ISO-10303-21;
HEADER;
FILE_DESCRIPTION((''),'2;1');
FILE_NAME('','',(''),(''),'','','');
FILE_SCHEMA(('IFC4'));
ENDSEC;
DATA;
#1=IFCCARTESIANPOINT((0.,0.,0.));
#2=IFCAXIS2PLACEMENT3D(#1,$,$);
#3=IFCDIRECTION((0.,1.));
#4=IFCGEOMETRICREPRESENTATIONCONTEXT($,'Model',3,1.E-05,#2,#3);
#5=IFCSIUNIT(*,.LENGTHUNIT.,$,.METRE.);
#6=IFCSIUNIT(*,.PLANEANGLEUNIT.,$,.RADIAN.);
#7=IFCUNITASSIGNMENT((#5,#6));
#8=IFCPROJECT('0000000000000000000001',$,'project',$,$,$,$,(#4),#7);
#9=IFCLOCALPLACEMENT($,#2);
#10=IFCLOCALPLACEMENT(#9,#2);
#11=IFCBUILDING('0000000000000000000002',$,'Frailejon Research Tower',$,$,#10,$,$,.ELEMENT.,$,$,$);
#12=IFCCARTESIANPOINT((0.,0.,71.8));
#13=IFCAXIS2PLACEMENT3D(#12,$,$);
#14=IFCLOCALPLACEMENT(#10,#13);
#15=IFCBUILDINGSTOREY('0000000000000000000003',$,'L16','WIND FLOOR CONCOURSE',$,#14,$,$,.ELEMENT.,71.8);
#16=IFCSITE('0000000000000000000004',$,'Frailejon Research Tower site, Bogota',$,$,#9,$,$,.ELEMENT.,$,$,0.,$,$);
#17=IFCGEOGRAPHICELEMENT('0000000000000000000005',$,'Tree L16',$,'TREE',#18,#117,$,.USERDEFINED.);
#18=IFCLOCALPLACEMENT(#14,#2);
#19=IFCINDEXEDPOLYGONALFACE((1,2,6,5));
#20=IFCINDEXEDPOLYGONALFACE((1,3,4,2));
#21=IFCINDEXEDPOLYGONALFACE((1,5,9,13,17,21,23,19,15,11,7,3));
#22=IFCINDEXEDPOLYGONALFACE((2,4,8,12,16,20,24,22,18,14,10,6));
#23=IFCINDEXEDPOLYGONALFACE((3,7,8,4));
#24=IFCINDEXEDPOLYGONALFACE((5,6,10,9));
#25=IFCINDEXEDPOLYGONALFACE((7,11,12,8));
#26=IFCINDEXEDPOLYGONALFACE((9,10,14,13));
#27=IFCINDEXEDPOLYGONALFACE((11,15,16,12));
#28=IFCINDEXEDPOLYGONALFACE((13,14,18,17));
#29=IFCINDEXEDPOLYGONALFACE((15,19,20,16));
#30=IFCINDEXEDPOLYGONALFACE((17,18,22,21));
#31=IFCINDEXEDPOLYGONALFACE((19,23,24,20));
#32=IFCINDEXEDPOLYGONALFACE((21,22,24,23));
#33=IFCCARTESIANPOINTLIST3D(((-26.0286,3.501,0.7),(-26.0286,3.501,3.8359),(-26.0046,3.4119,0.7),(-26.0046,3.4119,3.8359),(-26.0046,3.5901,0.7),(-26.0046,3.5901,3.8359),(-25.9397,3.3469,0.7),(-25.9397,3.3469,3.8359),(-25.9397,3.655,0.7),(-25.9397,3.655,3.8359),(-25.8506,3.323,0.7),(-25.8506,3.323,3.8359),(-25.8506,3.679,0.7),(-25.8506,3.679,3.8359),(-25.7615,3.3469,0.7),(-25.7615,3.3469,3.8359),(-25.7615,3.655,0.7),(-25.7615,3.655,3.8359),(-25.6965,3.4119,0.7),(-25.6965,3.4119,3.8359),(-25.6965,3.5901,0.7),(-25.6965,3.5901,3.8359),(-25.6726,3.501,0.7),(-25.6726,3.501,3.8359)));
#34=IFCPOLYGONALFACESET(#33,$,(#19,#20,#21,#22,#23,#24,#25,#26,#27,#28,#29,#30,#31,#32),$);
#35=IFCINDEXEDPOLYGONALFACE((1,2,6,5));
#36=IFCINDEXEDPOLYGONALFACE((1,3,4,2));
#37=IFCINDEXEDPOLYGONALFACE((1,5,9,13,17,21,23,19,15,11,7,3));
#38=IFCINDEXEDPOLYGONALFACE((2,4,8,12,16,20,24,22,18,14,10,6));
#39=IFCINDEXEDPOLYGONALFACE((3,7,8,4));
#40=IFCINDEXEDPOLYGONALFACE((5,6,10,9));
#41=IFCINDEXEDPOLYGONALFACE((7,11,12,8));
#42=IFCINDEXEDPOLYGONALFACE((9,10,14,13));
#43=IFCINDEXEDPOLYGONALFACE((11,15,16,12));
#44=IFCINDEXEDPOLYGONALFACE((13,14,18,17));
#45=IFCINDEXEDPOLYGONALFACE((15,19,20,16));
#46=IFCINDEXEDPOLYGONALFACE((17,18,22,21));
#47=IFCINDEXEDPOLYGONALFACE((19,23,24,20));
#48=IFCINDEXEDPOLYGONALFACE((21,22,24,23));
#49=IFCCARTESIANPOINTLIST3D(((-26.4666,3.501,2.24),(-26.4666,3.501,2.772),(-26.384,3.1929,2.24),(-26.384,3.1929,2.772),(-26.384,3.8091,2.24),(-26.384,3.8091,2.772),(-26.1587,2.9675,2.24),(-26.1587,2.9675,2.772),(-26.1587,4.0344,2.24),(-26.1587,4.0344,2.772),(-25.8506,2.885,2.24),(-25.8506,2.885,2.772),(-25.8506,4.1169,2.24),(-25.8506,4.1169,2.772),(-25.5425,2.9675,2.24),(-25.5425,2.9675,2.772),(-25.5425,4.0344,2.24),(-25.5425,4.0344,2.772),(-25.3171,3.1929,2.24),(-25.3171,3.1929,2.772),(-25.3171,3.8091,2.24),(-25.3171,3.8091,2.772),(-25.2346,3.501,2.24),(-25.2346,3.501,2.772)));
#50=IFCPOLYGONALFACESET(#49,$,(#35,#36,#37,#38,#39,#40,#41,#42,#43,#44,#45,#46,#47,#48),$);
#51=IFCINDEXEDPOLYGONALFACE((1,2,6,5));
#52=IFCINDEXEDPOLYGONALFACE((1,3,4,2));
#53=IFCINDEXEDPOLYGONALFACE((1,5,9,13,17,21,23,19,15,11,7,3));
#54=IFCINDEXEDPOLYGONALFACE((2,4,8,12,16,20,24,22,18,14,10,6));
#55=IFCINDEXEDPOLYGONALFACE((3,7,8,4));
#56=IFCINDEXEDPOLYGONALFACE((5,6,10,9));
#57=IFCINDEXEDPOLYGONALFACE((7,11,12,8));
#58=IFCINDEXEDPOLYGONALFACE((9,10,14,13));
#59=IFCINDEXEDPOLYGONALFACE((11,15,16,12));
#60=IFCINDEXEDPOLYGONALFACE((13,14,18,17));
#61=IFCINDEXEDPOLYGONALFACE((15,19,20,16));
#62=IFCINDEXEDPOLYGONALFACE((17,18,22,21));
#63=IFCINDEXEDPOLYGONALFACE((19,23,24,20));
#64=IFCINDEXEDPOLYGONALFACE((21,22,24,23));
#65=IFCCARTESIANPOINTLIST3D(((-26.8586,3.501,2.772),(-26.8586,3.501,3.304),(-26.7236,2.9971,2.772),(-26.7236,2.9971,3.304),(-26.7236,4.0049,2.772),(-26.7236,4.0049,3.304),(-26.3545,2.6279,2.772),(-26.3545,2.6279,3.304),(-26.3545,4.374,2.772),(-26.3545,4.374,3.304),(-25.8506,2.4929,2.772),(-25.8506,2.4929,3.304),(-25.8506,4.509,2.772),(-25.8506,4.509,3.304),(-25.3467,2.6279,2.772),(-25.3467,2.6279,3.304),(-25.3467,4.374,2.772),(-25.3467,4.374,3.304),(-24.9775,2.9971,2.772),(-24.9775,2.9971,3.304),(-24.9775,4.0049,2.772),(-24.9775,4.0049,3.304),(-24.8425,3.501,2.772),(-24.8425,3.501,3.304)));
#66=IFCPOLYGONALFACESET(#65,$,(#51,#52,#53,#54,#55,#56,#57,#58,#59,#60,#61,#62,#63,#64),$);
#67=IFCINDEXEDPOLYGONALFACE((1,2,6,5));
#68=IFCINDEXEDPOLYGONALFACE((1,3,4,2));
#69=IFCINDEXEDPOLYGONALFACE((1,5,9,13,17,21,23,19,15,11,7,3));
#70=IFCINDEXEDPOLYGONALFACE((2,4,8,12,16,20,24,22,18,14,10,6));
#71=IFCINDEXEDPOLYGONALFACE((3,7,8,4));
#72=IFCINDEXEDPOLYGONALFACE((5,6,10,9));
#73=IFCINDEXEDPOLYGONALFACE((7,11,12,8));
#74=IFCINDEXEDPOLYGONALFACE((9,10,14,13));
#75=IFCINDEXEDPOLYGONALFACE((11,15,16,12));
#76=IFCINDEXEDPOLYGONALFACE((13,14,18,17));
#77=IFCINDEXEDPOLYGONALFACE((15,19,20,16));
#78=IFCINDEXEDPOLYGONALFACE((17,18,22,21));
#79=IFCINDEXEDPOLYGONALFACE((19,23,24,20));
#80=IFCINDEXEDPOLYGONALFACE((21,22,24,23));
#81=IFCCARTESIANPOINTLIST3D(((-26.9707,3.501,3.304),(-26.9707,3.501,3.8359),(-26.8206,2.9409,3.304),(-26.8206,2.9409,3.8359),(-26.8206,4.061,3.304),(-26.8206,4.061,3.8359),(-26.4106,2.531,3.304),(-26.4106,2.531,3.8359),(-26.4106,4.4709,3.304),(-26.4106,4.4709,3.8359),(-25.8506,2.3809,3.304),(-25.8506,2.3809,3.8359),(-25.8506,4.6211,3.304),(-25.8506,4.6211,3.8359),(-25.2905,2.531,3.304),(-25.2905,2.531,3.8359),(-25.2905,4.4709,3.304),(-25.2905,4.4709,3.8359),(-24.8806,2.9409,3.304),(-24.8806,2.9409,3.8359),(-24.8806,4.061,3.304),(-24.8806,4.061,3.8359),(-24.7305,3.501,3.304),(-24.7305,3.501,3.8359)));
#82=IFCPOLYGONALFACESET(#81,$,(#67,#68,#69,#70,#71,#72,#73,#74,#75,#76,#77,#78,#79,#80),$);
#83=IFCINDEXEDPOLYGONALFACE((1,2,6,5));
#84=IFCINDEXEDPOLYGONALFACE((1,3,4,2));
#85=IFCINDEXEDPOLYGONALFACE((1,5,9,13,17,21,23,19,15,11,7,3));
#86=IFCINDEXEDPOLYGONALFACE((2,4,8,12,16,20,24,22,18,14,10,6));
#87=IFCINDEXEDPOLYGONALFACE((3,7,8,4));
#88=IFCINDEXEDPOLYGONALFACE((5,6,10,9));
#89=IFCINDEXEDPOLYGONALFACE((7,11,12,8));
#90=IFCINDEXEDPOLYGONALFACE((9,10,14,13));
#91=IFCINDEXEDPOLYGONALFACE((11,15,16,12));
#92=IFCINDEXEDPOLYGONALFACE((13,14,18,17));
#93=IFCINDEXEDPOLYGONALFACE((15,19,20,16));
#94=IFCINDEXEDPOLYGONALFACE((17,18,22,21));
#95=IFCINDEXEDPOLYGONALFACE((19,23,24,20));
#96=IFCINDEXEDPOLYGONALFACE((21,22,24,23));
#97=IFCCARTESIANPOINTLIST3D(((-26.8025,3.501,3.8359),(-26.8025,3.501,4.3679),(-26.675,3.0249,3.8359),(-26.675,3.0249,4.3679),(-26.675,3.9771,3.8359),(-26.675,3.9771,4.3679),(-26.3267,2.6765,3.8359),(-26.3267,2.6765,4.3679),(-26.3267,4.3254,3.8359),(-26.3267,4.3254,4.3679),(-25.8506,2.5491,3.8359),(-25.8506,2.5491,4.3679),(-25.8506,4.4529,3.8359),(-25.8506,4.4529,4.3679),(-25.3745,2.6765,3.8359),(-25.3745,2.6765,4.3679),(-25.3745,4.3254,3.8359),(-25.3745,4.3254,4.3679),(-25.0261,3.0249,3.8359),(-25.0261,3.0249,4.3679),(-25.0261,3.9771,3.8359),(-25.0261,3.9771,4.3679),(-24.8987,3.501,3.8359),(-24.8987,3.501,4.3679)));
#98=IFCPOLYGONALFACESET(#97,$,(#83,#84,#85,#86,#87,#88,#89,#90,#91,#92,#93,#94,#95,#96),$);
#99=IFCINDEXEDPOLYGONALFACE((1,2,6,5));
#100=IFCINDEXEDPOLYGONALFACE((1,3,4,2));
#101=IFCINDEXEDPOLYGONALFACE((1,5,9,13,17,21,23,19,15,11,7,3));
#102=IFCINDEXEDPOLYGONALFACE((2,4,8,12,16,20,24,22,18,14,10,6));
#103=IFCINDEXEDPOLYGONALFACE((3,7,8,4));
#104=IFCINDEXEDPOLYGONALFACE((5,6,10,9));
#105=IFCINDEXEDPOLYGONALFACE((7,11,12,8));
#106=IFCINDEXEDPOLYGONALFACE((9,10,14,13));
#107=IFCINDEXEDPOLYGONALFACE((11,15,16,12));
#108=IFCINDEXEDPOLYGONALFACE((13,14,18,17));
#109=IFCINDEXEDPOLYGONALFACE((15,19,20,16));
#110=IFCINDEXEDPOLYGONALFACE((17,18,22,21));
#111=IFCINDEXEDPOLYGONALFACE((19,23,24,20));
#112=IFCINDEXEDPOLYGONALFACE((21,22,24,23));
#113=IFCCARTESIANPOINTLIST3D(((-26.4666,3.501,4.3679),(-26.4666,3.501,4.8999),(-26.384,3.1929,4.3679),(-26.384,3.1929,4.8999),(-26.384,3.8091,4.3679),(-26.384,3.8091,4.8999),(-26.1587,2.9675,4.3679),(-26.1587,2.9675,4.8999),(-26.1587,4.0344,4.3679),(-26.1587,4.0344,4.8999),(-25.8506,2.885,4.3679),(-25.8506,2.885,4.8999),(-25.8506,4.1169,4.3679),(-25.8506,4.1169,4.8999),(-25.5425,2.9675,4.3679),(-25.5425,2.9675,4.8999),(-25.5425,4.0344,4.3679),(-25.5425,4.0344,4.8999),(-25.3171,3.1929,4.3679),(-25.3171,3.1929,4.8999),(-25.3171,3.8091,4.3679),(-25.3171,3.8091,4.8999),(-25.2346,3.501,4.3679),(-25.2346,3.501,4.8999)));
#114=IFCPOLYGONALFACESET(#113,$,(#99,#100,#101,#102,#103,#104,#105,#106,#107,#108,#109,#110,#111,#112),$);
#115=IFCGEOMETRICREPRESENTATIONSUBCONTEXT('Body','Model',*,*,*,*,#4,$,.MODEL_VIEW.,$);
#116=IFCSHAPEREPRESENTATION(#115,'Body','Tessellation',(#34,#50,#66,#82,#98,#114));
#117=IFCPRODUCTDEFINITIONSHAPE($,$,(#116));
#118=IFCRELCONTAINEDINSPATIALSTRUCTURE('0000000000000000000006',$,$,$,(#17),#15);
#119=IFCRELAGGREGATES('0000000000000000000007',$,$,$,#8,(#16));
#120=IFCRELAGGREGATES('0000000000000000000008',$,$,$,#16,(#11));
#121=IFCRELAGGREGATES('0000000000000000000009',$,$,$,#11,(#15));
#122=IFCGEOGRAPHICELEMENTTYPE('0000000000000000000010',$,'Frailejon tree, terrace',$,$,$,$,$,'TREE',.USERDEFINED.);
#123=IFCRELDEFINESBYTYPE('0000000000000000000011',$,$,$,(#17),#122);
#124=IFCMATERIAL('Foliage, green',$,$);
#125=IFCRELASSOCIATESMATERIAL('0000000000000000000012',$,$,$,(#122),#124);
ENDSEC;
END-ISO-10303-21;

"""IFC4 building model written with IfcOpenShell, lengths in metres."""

from ifc_helpers import new_model, si_unit, direction, frame, origin, place, context, subcontext, project, spatial, polyline, outline, extrude, material, type_object, element, save


model = new_model("IFC4")

# Units and contexts
model_context = context("Model", 3, precision=1e-05, world=origin(), true_north=direction((0.0, 1.0)))
body_context = subcontext(model_context, "Body", "Model", "MODEL_VIEW")
ifc_project = project(units=[si_unit("LENGTHUNIT", "METRE"), si_unit("PLANEANGLEUNIT", "RADIAN")], contexts=[model_context])

# Site, building, storey
site_placement = place(None, origin())
site = spatial("IfcSite", under=ifc_project, at=site_placement, Name="Frailejon Research Tower site, Bogota", CompositionType="ELEMENT", RefElevation=0.0)
building_placement = place(site_placement, origin())
building = spatial("IfcBuilding", under=site, at=building_placement, Name="Frailejon Research Tower", CompositionType="ELEMENT")
storey_placement = place(building_placement, frame((0.0, 0.0, 71.8)))
storey = spatial("IfcBuildingStorey", under=building, at=storey_placement, Name="L16", Description="WIND FLOOR CONCOURSE", CompositionType="ELEMENT", Elevation=71.8)

# Geographic element
ifc_material_1 = material(Name="Foliage, green")
geographic_element_type = type_object("IfcGeographicElementType", Name="Frailejon tree, terrace", ElementType="TREE", PredefinedType="USERDEFINED", material=ifc_material_1)
geographic_element_placement = place(storey_placement, frame((-25.8506, 3.501, 0.7)))
element("IfcGeographicElement", 1, at=geographic_element_placement, inside=storey, type_object=geographic_element_type, Name="Tree L16", ObjectType="TREE", PredefinedType="USERDEFINED", context=body_context, shape_type="SweptSolid", body=[
    extrude(outline(polyline([(0.178, 0.0), (0.1541, 0.0891), (0.0891, 0.1541), (0.0, 0.178), (-0.0891, 0.1541), (-0.1541, 0.0891), (-0.178, 0.0), (-0.1541, -0.0891), (-0.0891, -0.1541), (0.0, -0.178), (0.0891, -0.1541), (0.1541, -0.0891), (0.178, 0.0)])), origin(), (0.0, 0.0, 1.0), 3.136),
    extrude(outline(polyline([(0.616, 0.0), (0.5334, 0.3081), (0.3081, 0.5334), (0.0, 0.616), (-0.3081, 0.5334), (-0.5334, 0.3081), (-0.616, 0.0), (-0.5334, -0.3081), (-0.3081, -0.5334), (0.0, -0.616), (0.3081, -0.5334), (0.5334, -0.3081), (0.616, 0.0)])), frame((0.0, 0.0, 1.54)), (0.0, 0.0, 1.0), 0.532),
    extrude(outline(polyline([(1.0081, 0.0), (0.873, 0.5039), (0.5039, 0.873), (0.0, 1.0081), (-0.5039, 0.873), (-0.873, 0.5039), (-1.0081, 0.0), (-0.873, -0.5039), (-0.5039, -0.873), (0.0, -1.0081), (0.5039, -0.873), (0.873, -0.5039), (1.0081, 0.0)])), frame((0.0, 0.0, 2.072)), (0.0, 0.0, 1.0), 0.532),
    extrude(outline(polyline([(1.1201, 0.0), (0.97, 0.5601), (0.5601, 0.97), (0.0, 1.1201), (-0.5601, 0.97), (-0.97, 0.5601), (-1.1201, 0.0), (-0.97, -0.5601), (-0.5601, -0.97), (0.0, -1.1201), (0.5601, -0.97), (0.97, -0.5601), (1.1201, 0.0)])), frame((0.0, 0.0, 2.604)), (0.0, 0.0, 1.0), 0.532),
    extrude(outline(polyline([(0.9519, 0.0), (0.8245, 0.4761), (0.4761, 0.8245), (0.0, 0.9519), (-0.4761, 0.8245), (-0.8245, 0.4761), (-0.9519, 0.0), (-0.8245, -0.4761), (-0.4761, -0.8245), (0.0, -0.9519), (0.4761, -0.8245), (0.8245, -0.4761), (0.9519, 0.0)])), frame((0.0, 0.0, 3.136)), (0.0, 0.0, 1.0), 0.532),
    extrude(outline(polyline([(0.616, 0.0), (0.5334, 0.3081), (0.3081, 0.5334), (0.0, 0.616), (-0.3081, 0.5334), (-0.5334, 0.3081), (-0.616, 0.0), (-0.5334, -0.3081), (-0.3081, -0.5334), (0.0, -0.616), (0.3081, -0.5334), (0.5334, -0.3081), (0.616, 0.0)])), frame((0.0, 0.0, 3.668)), (0.0, 0.0, 1.0), 0.532),
])

save(model, "model.ifc")
